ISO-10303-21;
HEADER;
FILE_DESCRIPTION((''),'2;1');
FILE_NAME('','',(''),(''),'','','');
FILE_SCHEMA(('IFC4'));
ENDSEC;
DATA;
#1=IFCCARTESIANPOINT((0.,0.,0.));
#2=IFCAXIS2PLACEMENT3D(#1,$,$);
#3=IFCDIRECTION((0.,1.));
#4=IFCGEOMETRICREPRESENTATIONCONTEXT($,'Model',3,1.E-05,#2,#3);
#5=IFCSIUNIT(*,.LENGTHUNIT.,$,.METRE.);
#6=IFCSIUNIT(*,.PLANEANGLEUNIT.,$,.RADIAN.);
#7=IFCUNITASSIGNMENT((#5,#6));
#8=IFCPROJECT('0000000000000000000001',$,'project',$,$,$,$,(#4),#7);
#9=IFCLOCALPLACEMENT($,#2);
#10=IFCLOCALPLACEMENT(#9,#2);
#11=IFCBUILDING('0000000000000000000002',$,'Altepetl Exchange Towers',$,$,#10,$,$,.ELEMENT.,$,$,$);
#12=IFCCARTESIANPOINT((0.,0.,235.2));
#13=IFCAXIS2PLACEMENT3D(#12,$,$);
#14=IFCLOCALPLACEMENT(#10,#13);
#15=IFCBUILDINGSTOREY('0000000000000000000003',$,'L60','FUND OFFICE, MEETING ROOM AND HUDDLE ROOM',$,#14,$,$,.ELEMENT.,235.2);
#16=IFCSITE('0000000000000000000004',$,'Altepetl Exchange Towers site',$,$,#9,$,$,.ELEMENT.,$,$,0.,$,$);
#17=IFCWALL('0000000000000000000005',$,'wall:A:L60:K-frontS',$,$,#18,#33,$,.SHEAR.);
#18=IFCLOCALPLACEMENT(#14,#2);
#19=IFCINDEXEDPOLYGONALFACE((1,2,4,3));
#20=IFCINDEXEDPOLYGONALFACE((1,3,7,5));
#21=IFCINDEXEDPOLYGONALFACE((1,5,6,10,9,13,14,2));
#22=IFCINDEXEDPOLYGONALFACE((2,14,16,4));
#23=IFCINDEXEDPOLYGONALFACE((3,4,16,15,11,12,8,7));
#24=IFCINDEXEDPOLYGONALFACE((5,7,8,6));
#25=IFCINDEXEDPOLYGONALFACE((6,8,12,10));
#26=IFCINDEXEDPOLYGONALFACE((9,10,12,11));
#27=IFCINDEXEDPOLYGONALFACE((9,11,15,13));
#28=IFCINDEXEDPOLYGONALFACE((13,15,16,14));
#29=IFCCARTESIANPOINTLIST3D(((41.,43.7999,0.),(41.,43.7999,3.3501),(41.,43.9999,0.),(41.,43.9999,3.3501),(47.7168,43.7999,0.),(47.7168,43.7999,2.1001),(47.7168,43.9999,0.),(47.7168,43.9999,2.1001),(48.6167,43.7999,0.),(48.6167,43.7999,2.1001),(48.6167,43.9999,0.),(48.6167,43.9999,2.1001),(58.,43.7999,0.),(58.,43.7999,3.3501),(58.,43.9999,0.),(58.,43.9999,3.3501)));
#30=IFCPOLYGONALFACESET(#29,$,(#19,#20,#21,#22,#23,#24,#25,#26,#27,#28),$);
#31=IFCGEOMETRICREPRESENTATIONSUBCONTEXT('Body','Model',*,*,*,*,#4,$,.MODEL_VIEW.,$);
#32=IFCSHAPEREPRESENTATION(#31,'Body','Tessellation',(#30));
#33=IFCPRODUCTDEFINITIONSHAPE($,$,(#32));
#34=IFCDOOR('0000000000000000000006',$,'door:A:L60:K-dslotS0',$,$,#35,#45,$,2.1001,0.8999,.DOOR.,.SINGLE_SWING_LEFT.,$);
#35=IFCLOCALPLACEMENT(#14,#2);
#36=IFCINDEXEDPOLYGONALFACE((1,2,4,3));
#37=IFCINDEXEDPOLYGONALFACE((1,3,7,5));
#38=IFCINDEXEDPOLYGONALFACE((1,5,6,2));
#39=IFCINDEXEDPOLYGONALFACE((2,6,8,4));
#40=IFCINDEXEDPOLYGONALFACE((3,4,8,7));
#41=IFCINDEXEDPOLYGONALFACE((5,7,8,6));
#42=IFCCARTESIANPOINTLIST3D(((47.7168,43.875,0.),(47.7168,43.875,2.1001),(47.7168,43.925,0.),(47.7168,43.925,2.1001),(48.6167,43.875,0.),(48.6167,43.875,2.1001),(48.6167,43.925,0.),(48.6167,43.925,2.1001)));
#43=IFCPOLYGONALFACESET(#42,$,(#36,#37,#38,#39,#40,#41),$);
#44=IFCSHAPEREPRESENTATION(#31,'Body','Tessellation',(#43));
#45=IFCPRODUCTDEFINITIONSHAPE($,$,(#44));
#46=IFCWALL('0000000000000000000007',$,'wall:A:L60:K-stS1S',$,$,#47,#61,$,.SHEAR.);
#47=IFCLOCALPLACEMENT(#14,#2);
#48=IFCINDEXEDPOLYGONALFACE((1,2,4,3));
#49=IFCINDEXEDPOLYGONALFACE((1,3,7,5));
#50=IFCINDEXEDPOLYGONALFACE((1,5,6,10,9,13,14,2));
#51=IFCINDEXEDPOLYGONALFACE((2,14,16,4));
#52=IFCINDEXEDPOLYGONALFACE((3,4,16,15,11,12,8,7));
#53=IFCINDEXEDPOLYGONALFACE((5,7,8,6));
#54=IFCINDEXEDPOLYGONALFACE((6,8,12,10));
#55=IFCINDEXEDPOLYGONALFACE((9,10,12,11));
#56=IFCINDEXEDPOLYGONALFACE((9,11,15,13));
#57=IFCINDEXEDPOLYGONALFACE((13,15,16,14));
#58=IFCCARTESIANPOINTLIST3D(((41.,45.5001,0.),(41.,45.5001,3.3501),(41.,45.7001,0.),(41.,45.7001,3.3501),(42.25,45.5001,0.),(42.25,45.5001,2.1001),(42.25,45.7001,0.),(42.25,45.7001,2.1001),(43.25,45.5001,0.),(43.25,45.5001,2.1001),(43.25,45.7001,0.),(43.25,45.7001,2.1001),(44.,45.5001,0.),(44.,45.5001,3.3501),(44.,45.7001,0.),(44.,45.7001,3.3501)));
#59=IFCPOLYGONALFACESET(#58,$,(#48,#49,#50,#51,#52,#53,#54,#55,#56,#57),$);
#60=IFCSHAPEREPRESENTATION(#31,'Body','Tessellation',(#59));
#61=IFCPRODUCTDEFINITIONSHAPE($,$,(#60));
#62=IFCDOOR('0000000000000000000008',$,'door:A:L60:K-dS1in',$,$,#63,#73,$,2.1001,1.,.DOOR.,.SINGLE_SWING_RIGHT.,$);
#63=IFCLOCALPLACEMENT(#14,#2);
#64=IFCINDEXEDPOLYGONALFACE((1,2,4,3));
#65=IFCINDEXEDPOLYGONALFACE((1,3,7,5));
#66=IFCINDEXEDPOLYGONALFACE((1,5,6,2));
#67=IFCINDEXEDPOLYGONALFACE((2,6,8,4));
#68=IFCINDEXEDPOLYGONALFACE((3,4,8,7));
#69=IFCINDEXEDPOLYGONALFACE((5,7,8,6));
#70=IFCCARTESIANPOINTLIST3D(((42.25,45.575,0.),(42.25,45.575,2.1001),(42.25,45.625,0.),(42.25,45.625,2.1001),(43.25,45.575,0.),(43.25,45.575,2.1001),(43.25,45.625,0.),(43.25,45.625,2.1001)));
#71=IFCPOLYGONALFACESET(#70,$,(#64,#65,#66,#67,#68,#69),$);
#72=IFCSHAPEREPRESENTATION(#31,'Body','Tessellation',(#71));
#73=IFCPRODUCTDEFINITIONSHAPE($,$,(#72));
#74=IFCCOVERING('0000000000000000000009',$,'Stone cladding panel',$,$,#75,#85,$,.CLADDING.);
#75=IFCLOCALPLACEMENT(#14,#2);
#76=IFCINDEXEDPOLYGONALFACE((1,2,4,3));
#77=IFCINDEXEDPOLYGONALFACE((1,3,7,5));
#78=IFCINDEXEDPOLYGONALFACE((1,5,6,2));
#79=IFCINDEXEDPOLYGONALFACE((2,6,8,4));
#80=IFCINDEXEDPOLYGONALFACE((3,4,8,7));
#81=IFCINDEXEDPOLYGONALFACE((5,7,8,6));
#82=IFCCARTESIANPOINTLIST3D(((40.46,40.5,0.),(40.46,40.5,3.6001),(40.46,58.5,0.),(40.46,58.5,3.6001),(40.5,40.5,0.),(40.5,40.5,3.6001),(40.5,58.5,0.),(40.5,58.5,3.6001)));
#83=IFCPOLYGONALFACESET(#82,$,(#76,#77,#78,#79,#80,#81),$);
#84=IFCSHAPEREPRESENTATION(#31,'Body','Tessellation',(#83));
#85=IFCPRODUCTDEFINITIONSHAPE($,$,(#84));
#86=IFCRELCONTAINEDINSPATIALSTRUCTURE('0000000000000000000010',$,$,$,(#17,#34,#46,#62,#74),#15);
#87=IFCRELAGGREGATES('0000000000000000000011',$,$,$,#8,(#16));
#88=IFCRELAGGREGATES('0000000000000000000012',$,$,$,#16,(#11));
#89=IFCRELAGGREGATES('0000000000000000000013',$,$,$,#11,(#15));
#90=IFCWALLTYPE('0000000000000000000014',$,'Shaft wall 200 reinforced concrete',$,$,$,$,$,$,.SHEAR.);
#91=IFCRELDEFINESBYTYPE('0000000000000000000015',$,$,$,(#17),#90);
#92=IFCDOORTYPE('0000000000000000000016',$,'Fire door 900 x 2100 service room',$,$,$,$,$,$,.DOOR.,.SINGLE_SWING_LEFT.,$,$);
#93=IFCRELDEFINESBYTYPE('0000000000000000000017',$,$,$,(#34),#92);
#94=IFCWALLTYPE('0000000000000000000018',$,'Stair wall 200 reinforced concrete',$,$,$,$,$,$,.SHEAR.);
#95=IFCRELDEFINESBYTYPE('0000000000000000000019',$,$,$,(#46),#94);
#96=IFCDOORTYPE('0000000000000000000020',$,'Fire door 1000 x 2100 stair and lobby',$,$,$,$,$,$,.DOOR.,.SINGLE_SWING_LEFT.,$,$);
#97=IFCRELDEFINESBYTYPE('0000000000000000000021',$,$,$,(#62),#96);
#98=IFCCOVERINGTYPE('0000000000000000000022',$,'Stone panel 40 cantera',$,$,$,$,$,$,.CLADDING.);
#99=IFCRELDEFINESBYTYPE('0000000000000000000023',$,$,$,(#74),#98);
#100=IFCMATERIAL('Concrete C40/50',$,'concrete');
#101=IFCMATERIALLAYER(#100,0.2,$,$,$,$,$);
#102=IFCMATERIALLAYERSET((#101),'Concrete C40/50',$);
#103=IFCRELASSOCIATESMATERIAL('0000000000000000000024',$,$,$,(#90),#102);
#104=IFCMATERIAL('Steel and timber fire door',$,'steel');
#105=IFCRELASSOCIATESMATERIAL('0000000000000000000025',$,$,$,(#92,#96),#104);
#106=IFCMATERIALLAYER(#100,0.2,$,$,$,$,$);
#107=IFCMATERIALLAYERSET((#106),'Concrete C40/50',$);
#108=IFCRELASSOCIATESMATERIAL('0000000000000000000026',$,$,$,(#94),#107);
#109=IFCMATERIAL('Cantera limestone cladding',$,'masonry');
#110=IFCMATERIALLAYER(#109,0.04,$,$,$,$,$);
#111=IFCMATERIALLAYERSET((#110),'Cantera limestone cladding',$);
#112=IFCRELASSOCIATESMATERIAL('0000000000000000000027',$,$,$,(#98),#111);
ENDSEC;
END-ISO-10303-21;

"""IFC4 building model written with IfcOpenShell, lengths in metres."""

from ifc_helpers import new_model, si_unit, direction, frame, frame_2d, origin, origin_2d, place, context, subcontext, project, spatial, rectangle, extrude, material, layer, layer_set, type_object, element, fill, save


model = new_model("IFC4")

# Units and contexts
model_context = context("Model", 3, precision=1e-05, world=origin(), true_north=direction((0.0, 1.0)))
body_context = subcontext(model_context, "Body", "Model", "MODEL_VIEW")
ifc_project = project(units=[si_unit("LENGTHUNIT", "METRE"), si_unit("PLANEANGLEUNIT", "RADIAN")], contexts=[model_context])

# Site, building, storey
site_placement = place(None, origin())
site = spatial("IfcSite", under=ifc_project, at=site_placement, Name="Altepetl Exchange Towers site", CompositionType="ELEMENT", RefElevation=0.0)
building_placement = place(site_placement, origin())
building = spatial("IfcBuilding", under=site, at=building_placement, Name="Altepetl Exchange Towers", CompositionType="ELEMENT")
storey_placement = place(building_placement, frame((0.0, 0.0, 235.2)))
storey = spatial("IfcBuildingStorey", under=building, at=storey_placement, Name="L60", Description="FUND OFFICE, MEETING ROOM AND HUDDLE ROOM", CompositionType="ELEMENT", Elevation=235.2)

# Walls, openings, doors
ifc_material_1 = material(Name="Concrete C40/50", Category="concrete")
ifc_layer_1 = layer(ifc_material_1, 0.2)
ifc_layer_set_1 = layer_set([ifc_layer_1], Name="Concrete C40/50")
wall_type_1 = type_object("IfcWallType", Name="Shaft wall 200 reinforced concrete", PredefinedType="SHEAR", material=ifc_layer_set_1)
wall_1_placement = place(storey_placement, frame((41.0, 43.8999, 0.0)))
wall_1 = element("IfcWall", 1, at=wall_1_placement, inside=storey, type_object=wall_type_1, Name="wall:A:L60:K-frontS", PredefinedType="SHEAR", context=body_context, shape_type="SweptSolid", body=[
    extrude(rectangle(XDim=17.0, YDim=0.2, at=frame_2d((8.5, 0.0))), origin(), (0.0, 0.0, 1.0), 3.3501),
])
opening_1_placement = place(wall_1_placement, frame((6.7168, 0.0, 0.0)))
opening_1 = element("IfcOpeningElement", 2, at=opening_1_placement, cuts=wall_1, PredefinedType="OPENING", context=body_context, shape_type="SweptSolid", body=[
    extrude(rectangle(XDim=0.8999, YDim=2.1001, at=frame_2d((0.45, 1.05))), frame((0.0, 0.1099, 0.0), z_axis=(0.0, -1.0, 0.0), x_axis=(1.0, 0.0, 0.0)), (0.0, 0.0, 1.0), 0.22),
])
ifc_material_2 = material(Name="Steel and timber fire door", Category="steel")
door_type_1 = type_object("IfcDoorType", Name="Fire door 900 x 2100 service room", OperationType="SINGLE_SWING_LEFT", PredefinedType="DOOR", material=ifc_material_2)
door_1_placement = place(opening_1_placement, frame((0.8999, 0.0, 0.0), x_axis=(-1.0, 0.0, 0.0)))
door_1 = element("IfcDoor", 3, at=door_1_placement, inside=storey, type_object=door_type_1, Name="door:A:L60:K-dslotS0", OperationType="SINGLE_SWING_LEFT", OverallHeight=2.1001, OverallWidth=0.8999, PredefinedType="DOOR", context=body_context, shape_type="SweptSolid", body=[
    extrude(rectangle(XDim=0.8999, YDim=2.1001, at=frame_2d((0.45, 1.05))), frame((0.0, 0.0249, 0.0), z_axis=(0.0, -1.0, 0.0), x_axis=(1.0, 0.0, 0.0)), (0.0, 0.0, 1.0), 0.05),
])
fill(opening_1, door_1)
ifc_layer_2 = layer(ifc_material_1, 0.2)
ifc_layer_set_2 = layer_set([ifc_layer_2], Name="Concrete C40/50")
wall_type_2 = type_object("IfcWallType", Name="Stair wall 200 reinforced concrete", PredefinedType="SHEAR", material=ifc_layer_set_2)
wall_2_placement = place(storey_placement, frame((41.0, 45.6001, 0.0)))
wall_2 = element("IfcWall", 4, at=wall_2_placement, inside=storey, type_object=wall_type_2, Name="wall:A:L60:K-stS1S", PredefinedType="SHEAR", context=body_context, shape_type="SweptSolid", body=[
    extrude(rectangle(XDim=3.0, YDim=0.2, at=frame_2d((1.5, 0.0))), origin(), (0.0, 0.0, 1.0), 3.3501),
])
opening_2_placement = place(wall_2_placement, frame((1.25, 0.0, 0.0)))
opening_2 = element("IfcOpeningElement", 5, at=opening_2_placement, cuts=wall_2, PredefinedType="OPENING", context=body_context, shape_type="SweptSolid", body=[
    extrude(rectangle(XDim=1.0, YDim=2.1001, at=frame_2d((0.5, 1.05))), frame((0.0, 0.1099, 0.0), z_axis=(0.0, -1.0, 0.0), x_axis=(1.0, 0.0, 0.0)), (0.0, 0.0, 1.0), 0.22),
])
door_type_2 = type_object("IfcDoorType", Name="Fire door 1000 x 2100 stair and lobby", OperationType="SINGLE_SWING_LEFT", PredefinedType="DOOR", material=ifc_material_2)
door_2_placement = place(opening_2_placement, origin())
door_2 = element("IfcDoor", 6, at=door_2_placement, inside=storey, type_object=door_type_2, Name="door:A:L60:K-dS1in", OperationType="SINGLE_SWING_RIGHT", OverallHeight=2.1001, OverallWidth=1.0, PredefinedType="DOOR", context=body_context, shape_type="SweptSolid", body=[
    extrude(rectangle(XDim=1.0, YDim=2.1001, at=frame_2d((0.5, 1.05))), frame((0.0, 0.0249, 0.0), z_axis=(0.0, -1.0, 0.0), x_axis=(1.0, 0.0, 0.0)), (0.0, 0.0, 1.0), 0.05),
])
fill(opening_2, door_2)

# Covering
ifc_material_3 = material(Name="Cantera limestone cladding", Category="masonry")
ifc_layer_3 = layer(ifc_material_3, 0.04)
ifc_layer_set_3 = layer_set([ifc_layer_3], Name="Cantera limestone cladding")
covering_type = type_object("IfcCoveringType", Name="Stone panel 40 cantera", PredefinedType="CLADDING", material=ifc_layer_set_3)
covering_placement = place(storey_placement, frame((40.48, 49.5, 0.0), z_axis=(0.0, 0.0, 1.0), x_axis=(0.0, -1.0, 0.0)))
element("IfcCovering", 7, at=covering_placement, inside=storey, type_object=covering_type, Name="Stone cladding panel", PredefinedType="CLADDING", context=body_context, shape_type="SweptSolid", body=[
    extrude(rectangle(XDim=18.0, YDim=0.04, at=origin_2d()), origin(), (0.0, 0.0, 1.0), 3.6001),
])

save(model, "model.ifc")
